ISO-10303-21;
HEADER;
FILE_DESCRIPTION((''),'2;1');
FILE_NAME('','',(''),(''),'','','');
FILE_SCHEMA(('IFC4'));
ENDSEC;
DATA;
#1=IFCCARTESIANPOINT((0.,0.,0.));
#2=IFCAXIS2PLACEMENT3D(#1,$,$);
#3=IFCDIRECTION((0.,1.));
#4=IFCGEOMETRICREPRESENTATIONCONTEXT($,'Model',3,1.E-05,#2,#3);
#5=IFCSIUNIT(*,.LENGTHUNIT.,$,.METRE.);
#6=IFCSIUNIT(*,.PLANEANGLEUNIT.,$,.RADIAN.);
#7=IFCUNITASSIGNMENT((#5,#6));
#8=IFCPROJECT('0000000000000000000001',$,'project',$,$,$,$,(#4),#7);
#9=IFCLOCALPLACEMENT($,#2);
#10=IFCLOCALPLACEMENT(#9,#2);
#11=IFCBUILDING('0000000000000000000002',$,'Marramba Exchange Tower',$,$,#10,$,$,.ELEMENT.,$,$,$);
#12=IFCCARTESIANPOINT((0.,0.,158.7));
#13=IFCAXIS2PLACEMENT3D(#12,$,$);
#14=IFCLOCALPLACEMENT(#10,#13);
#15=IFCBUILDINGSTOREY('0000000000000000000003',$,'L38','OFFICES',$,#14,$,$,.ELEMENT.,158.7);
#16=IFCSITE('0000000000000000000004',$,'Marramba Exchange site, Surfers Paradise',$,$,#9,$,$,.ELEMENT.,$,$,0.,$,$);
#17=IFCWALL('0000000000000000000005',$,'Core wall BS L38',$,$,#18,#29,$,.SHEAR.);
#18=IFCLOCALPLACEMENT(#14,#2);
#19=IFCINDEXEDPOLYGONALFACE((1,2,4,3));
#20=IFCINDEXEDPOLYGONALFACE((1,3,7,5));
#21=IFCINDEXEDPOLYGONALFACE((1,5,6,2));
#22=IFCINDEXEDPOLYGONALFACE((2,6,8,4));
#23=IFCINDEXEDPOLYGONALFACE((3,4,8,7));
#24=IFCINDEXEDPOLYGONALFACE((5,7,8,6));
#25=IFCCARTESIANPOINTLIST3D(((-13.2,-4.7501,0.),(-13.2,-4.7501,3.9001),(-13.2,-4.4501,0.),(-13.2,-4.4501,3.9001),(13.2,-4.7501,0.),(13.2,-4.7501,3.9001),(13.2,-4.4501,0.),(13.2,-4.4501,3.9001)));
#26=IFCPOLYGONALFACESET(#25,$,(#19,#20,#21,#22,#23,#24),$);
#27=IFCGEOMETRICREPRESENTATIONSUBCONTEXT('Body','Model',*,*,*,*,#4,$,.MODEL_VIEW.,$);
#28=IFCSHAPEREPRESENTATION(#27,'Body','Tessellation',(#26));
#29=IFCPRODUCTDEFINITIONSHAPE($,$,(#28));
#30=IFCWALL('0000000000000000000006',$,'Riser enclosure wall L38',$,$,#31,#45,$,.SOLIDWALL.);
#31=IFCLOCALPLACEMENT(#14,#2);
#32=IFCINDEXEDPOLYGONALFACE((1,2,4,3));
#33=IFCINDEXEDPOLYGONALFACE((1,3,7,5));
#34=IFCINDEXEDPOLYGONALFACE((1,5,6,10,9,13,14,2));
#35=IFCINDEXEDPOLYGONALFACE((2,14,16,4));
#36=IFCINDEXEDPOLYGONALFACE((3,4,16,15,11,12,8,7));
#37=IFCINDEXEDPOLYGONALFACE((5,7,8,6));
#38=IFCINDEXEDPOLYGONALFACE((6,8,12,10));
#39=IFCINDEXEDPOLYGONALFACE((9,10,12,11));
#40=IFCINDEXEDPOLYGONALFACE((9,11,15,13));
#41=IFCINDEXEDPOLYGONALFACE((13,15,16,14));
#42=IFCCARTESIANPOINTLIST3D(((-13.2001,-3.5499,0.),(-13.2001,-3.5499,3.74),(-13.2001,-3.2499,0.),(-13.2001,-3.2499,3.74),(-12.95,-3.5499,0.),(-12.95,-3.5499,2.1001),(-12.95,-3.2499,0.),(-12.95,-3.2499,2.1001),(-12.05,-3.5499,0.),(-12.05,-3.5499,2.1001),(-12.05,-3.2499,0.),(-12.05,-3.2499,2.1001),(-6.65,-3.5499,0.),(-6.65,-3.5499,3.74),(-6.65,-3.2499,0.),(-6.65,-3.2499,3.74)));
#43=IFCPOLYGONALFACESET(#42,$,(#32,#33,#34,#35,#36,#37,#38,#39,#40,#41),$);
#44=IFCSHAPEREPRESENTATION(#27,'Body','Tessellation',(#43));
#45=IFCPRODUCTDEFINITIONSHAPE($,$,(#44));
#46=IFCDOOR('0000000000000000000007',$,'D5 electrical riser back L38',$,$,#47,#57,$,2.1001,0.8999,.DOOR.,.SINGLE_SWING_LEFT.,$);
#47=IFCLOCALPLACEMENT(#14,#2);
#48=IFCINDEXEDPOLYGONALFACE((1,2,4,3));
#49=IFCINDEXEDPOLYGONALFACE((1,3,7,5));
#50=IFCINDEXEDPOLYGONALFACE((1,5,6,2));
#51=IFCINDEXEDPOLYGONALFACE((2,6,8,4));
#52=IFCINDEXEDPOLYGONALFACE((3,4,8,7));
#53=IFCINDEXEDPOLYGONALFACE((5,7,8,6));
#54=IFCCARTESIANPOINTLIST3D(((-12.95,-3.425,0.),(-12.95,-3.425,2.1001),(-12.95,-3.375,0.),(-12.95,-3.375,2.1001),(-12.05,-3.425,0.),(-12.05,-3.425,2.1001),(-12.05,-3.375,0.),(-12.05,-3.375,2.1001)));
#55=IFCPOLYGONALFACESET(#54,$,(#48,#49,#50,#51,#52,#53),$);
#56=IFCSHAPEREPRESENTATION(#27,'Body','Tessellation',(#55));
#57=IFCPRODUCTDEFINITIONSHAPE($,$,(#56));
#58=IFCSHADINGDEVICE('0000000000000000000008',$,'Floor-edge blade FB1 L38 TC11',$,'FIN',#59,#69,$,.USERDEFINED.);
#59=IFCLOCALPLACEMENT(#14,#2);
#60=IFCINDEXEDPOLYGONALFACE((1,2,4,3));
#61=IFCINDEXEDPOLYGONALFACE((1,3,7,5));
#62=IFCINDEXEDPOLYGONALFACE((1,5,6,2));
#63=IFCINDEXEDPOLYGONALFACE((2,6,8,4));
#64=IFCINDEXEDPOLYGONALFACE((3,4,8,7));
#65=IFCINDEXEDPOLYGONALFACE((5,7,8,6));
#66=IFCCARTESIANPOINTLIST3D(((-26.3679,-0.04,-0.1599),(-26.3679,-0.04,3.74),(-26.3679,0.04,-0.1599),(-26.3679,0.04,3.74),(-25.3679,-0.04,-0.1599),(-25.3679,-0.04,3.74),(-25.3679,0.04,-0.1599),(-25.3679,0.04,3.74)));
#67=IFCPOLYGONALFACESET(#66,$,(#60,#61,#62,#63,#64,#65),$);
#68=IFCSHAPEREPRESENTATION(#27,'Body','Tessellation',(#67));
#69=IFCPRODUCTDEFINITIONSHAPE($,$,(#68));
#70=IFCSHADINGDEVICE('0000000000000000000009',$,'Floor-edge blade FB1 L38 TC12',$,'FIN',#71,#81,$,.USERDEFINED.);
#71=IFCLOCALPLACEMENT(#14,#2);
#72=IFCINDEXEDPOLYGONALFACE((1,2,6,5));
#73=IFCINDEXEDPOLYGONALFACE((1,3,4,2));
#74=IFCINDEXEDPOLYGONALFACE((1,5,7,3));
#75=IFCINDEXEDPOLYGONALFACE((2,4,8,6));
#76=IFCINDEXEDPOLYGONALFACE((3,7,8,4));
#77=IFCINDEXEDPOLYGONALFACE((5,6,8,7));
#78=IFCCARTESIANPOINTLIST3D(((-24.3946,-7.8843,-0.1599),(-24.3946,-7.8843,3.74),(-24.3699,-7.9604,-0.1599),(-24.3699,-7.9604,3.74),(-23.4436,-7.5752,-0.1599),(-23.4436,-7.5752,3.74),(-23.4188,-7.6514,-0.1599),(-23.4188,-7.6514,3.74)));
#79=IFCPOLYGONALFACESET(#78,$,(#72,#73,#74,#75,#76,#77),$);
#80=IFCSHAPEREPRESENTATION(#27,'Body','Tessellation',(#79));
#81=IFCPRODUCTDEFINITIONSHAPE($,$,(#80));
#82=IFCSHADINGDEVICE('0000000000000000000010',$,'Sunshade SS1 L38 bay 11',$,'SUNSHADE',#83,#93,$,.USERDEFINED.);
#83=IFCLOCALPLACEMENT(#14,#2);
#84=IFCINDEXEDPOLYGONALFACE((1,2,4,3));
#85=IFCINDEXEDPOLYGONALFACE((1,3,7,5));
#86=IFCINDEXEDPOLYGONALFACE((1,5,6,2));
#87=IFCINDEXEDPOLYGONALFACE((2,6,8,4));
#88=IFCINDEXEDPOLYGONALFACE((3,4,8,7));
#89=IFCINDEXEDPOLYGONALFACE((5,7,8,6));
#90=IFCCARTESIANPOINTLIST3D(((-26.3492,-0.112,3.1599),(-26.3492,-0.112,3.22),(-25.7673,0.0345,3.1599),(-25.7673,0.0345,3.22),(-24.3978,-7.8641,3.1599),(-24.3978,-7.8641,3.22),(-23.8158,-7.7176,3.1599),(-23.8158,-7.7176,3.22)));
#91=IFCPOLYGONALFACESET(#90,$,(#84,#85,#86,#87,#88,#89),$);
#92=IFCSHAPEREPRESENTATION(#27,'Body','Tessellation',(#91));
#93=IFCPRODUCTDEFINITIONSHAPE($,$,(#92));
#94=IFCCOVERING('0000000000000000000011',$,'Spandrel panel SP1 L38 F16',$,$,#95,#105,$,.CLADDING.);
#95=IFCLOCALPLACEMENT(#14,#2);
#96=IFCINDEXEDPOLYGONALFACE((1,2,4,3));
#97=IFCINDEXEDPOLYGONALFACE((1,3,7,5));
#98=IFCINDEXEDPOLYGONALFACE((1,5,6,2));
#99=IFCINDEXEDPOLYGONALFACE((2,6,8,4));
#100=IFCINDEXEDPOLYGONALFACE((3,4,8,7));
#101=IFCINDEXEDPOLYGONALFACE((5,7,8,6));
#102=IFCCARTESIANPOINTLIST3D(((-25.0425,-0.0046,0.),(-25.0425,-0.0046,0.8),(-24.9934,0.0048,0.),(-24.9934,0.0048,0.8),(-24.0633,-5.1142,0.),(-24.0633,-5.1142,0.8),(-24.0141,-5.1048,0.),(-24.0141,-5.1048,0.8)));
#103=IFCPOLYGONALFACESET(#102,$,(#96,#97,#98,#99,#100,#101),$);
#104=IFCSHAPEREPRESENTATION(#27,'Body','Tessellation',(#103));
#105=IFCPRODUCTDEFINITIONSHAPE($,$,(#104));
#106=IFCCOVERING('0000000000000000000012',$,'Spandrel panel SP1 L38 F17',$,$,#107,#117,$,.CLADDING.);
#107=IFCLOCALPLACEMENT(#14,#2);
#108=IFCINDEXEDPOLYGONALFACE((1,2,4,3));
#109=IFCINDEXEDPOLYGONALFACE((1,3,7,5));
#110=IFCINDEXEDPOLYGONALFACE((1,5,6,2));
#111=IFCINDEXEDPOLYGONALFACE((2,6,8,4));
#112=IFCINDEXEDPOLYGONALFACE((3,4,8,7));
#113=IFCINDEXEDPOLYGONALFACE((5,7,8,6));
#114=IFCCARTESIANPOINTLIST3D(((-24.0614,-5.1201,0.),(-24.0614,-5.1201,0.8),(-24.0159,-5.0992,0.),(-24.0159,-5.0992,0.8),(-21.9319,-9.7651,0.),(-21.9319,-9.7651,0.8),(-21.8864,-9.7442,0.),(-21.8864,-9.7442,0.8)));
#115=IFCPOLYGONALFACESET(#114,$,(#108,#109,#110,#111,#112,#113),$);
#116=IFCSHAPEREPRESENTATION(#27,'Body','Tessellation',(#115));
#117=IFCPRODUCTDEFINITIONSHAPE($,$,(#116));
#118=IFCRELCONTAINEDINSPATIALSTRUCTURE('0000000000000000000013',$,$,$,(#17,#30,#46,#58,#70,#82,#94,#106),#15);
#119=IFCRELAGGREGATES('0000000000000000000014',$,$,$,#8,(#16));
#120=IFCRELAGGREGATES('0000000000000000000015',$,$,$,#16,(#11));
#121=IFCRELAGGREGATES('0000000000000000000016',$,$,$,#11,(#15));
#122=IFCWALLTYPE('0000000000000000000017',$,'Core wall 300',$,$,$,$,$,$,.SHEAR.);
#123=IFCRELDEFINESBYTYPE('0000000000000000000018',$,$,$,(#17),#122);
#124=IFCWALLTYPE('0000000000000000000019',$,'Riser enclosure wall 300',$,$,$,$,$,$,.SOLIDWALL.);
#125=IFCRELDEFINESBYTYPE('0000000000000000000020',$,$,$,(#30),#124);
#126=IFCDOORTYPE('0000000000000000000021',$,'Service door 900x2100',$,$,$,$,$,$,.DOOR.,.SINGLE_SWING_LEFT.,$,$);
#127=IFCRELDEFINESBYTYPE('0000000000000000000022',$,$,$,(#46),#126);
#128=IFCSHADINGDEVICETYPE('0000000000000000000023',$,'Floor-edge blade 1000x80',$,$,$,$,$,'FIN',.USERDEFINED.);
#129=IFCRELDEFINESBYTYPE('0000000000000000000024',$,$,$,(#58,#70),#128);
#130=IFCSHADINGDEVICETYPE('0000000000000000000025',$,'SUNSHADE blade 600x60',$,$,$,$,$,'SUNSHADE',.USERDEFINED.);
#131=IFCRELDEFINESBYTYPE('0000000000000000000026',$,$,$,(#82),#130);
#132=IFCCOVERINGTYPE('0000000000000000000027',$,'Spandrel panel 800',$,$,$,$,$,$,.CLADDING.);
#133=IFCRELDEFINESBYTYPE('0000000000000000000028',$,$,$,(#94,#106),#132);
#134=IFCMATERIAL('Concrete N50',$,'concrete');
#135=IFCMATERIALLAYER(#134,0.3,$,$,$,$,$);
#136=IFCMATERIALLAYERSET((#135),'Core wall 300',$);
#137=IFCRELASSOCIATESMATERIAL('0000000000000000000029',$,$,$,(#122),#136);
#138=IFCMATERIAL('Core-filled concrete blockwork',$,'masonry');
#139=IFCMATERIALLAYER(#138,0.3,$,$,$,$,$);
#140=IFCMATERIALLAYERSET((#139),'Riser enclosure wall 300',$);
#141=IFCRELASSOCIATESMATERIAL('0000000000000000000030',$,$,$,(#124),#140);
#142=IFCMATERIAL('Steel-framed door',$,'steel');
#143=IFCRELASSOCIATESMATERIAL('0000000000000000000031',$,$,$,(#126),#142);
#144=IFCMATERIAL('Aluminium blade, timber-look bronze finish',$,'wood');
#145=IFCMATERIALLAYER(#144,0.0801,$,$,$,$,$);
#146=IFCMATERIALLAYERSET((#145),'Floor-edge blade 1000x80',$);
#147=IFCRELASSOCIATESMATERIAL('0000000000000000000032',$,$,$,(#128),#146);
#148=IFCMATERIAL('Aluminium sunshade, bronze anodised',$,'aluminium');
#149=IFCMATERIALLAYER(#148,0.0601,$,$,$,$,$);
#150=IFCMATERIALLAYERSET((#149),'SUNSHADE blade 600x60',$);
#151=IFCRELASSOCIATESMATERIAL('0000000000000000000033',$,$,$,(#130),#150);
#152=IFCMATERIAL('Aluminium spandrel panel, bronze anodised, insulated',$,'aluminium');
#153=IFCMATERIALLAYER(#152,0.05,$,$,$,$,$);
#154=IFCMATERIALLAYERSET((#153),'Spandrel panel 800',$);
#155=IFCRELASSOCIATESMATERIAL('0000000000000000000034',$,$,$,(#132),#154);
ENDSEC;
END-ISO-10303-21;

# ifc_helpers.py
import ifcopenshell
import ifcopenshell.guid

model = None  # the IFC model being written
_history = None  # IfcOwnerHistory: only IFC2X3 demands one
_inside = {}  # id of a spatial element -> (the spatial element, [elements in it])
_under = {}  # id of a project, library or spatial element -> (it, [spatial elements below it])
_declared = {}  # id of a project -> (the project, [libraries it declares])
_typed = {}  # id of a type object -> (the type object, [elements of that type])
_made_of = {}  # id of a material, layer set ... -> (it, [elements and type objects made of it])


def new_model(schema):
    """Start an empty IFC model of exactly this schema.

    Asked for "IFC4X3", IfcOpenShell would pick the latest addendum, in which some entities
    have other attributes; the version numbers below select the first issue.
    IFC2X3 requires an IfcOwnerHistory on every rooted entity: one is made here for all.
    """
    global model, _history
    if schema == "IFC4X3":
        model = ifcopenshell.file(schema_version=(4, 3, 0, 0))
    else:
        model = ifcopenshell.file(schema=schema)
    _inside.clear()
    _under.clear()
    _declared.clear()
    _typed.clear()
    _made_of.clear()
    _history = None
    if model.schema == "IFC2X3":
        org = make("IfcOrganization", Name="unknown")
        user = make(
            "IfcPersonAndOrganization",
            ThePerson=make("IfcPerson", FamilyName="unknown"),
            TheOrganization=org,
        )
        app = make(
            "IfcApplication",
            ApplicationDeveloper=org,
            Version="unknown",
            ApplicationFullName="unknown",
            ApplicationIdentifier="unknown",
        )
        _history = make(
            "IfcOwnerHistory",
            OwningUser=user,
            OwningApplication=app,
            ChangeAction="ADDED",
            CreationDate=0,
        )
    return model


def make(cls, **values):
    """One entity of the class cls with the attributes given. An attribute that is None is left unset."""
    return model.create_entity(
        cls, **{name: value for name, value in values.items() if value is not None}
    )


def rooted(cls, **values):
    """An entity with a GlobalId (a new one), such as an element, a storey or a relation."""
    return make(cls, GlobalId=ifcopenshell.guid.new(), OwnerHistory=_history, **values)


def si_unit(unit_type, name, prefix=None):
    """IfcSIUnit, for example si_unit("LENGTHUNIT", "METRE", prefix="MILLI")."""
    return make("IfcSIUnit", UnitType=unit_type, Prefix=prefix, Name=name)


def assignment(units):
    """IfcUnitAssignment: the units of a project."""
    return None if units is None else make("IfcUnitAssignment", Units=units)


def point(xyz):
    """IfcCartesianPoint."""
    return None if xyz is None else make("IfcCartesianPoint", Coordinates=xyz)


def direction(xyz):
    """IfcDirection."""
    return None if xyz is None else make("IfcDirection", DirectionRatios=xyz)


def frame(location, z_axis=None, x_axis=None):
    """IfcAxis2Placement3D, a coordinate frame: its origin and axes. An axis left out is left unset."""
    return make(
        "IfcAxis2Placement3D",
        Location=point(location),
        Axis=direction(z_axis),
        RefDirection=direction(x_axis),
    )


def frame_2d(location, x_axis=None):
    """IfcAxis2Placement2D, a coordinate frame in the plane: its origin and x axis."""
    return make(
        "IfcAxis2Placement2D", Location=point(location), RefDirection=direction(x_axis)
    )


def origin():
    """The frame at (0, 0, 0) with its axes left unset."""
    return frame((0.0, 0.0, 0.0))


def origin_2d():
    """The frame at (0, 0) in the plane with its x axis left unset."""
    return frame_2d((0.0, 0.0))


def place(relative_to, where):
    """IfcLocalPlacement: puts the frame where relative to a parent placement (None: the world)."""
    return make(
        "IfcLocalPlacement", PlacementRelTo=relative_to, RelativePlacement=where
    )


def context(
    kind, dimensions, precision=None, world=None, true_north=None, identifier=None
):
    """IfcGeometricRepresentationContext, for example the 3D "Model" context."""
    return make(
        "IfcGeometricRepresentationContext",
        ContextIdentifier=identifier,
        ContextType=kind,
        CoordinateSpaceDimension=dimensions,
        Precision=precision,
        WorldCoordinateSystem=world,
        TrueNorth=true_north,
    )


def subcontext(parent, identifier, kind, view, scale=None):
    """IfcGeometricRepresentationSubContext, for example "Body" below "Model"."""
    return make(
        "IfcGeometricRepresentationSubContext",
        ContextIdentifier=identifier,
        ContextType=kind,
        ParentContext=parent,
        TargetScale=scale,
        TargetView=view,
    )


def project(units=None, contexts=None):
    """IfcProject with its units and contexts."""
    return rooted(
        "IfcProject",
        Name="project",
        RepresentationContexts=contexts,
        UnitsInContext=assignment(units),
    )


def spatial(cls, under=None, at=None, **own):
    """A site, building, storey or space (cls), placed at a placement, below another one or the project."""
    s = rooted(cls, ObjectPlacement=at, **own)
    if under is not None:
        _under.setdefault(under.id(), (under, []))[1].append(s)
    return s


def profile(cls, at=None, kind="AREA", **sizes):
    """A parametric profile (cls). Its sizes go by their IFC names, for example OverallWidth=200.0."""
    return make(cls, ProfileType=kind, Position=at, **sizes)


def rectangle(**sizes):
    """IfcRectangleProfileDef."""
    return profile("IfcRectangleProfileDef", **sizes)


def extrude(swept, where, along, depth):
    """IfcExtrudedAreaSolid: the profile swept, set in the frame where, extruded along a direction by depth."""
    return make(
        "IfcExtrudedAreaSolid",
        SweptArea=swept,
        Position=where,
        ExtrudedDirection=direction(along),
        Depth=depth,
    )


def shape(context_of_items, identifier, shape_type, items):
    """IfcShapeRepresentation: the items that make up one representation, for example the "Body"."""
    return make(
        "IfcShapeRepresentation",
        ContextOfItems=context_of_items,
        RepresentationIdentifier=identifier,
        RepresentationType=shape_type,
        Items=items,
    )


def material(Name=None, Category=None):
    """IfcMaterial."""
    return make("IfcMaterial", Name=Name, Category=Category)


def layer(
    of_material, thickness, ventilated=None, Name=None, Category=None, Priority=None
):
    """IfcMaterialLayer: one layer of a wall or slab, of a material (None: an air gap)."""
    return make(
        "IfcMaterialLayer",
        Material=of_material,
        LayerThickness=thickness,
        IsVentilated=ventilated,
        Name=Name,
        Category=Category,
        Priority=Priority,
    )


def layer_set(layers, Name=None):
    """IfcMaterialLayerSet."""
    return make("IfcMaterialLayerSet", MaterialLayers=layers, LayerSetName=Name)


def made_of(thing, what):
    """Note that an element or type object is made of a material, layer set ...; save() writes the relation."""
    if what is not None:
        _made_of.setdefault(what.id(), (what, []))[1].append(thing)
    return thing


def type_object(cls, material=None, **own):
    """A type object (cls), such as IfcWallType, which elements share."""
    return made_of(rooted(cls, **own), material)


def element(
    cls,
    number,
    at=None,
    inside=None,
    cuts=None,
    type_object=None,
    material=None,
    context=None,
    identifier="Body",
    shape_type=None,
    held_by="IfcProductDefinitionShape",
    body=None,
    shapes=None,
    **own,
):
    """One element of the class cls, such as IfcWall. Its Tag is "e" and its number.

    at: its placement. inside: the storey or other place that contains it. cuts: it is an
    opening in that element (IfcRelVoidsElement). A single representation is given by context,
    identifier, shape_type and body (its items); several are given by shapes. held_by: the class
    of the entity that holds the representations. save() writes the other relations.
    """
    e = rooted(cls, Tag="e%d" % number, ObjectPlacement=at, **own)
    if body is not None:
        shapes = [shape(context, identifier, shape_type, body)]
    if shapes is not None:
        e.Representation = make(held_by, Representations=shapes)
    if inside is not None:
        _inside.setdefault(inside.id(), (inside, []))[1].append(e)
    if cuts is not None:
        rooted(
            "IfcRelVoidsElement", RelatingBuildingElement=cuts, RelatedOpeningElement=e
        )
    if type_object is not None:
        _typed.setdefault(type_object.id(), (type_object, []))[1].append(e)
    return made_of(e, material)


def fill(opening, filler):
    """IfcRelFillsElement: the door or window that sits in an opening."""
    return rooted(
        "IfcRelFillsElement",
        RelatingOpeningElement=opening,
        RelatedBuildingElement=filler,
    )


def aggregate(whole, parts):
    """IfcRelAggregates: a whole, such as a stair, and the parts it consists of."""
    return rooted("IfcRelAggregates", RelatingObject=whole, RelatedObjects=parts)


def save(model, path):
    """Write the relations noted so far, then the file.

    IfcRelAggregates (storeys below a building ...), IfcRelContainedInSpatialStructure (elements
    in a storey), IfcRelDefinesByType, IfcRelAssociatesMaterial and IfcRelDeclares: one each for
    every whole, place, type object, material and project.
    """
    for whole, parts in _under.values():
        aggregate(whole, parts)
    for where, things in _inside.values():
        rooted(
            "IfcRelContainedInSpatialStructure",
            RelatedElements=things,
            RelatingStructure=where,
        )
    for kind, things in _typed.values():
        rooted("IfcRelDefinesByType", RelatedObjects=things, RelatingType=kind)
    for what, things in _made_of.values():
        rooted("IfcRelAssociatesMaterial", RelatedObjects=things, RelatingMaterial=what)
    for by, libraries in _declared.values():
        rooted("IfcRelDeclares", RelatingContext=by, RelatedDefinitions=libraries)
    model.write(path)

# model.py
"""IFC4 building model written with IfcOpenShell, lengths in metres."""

from ifc_helpers import new_model, si_unit, direction, frame, frame_2d, origin, origin_2d, place, context, subcontext, project, spatial, rectangle, extrude, material, layer, layer_set, type_object, element, fill, save


model = new_model("IFC4")

# Units and contexts
model_context = context("Model", 3, precision=1e-05, world=origin(), true_north=direction((0.0, 1.0)))
body_context = subcontext(model_context, "Body", "Model", "MODEL_VIEW")
ifc_project = project(units=[si_unit("LENGTHUNIT", "METRE"), si_unit("PLANEANGLEUNIT", "RADIAN")], contexts=[model_context])

# Site, building, storey
site_placement = place(None, origin())
site = spatial("IfcSite", under=ifc_project, at=site_placement, Name="Marramba Exchange site, Surfers Paradise", CompositionType="ELEMENT", RefElevation=0.0)
building_placement = place(site_placement, origin())
building = spatial("IfcBuilding", under=site, at=building_placement, Name="Marramba Exchange Tower", CompositionType="ELEMENT")
storey_placement = place(building_placement, frame((0.0, 0.0, 158.7)))
storey = spatial("IfcBuildingStorey", under=building, at=storey_placement, Name="L38", Description="OFFICES", CompositionType="ELEMENT", Elevation=158.7)

# Shared definitions
ifc_material_1 = material(Name="Concrete N50", Category="concrete")

# Wall
ifc_layer_1 = layer(ifc_material_1, 0.3)
ifc_layer_set_1 = layer_set([ifc_layer_1], Name="Core wall 300")
wall_type_1 = type_object("IfcWallType", Name="Core wall 300", PredefinedType="SHEAR", material=ifc_layer_set_1)
wall_1_placement = place(storey_placement, frame((-13.2, -4.6001, 0.0), z_axis=(0.0, 0.0, 1.0), x_axis=(1.0, 0.0, 0.0)))
element("IfcWall", 1, at=wall_1_placement, inside=storey, type_object=wall_type_1, Name="Core wall BS L38", PredefinedType="SHEAR", context=body_context, shape_type="SweptSolid", body=[
    extrude(rectangle(XDim=26.3999, YDim=0.3, at=frame_2d((13.2, 0.0))), origin(), (0.0, 0.0, 1.0), 3.9001),
])

# Wall, opening, door
ifc_material_2 = material(Name="Core-filled concrete blockwork", Category="masonry")
ifc_layer_2 = layer(ifc_material_2, 0.3)
ifc_layer_set_2 = layer_set([ifc_layer_2], Name="Riser enclosure wall 300")
wall_type_2 = type_object("IfcWallType", Name="Riser enclosure wall 300", PredefinedType="SOLIDWALL", material=ifc_layer_set_2)
wall_2_placement = place(storey_placement, frame((-13.2, -3.3999, 0.0), z_axis=(0.0, 0.0, 1.0), x_axis=(1.0, 0.0, 0.0)))
wall_2 = element("IfcWall", 2, at=wall_2_placement, inside=storey, type_object=wall_type_2, Name="Riser enclosure wall L38", PredefinedType="SOLIDWALL", context=body_context, shape_type="SweptSolid", body=[
    extrude(rectangle(XDim=6.55, YDim=0.3, at=frame_2d((3.2749, 0.0))), origin(), (0.0, 0.0, 1.0), 3.74),
])
opening_placement = place(wall_2_placement, frame((0.25, 0.0, 0.0)))
opening = element("IfcOpeningElement", 3, at=opening_placement, cuts=wall_2, PredefinedType="OPENING", context=body_context, shape_type="SweptSolid", body=[
    extrude(rectangle(XDim=0.8999, YDim=2.1001, at=frame_2d((0.45, 1.05))), frame((0.0, 0.1599, 0.0), z_axis=(0.0, -1.0, 0.0), x_axis=(1.0, 0.0, 0.0)), (0.0, 0.0, 1.0), 0.3201),
])
ifc_material_3 = material(Name="Steel-framed door", Category="steel")
door_type = type_object("IfcDoorType", Name="Service door 900x2100", OperationType="SINGLE_SWING_LEFT", PredefinedType="DOOR", material=ifc_material_3)
door_placement = place(opening_placement, origin())
door = element("IfcDoor", 4, at=door_placement, inside=storey, type_object=door_type, Name="D5 electrical riser back L38", OperationType="SINGLE_SWING_LEFT", OverallHeight=2.1001, OverallWidth=0.8999, PredefinedType="DOOR", context=body_context, shape_type="SweptSolid", body=[
    extrude(rectangle(XDim=0.8999, YDim=2.1001, at=frame_2d((0.45, 1.05))), frame((0.0, 0.0249, 0.0), z_axis=(0.0, -1.0, 0.0), x_axis=(1.0, 0.0, 0.0)), (0.0, 0.0, 1.0), 0.05),
])
fill(opening, door)

# Shading devices
ifc_material_4 = material(Name="Aluminium blade, timber-look bronze finish", Category="wood")
ifc_layer_3 = layer(ifc_material_4, 0.0801)
ifc_layer_set_3 = layer_set([ifc_layer_3], Name="Floor-edge blade 1000x80")
shading_device_type_1 = type_object("IfcShadingDeviceType", Name="Floor-edge blade 1000x80", ElementType="FIN", PredefinedType="USERDEFINED", material=ifc_layer_set_3)
for number, where, z_axis, x_axis, name in (
    (5, (-25.8679, 0.0, -0.1599), (0.0, 0.0, 1.0), (-1.0, 0.0, 0.0), "Floor-edge blade FB1 L38 TC11"),
    (6, (-23.9067, -7.7678, -0.1599), (0.0, 0.0, 1.0), (-0.951057, -0.309017, 0.0), "Floor-edge blade FB1 L38 TC12"),
):
    element("IfcShadingDevice", number, at=place(storey_placement, frame(where, z_axis=z_axis, x_axis=x_axis)), inside=storey, type_object=shading_device_type_1, Name=name, ObjectType="FIN", PredefinedType="USERDEFINED", context=body_context, shape_type="SweptSolid", body=[
        extrude(rectangle(XDim=1.0, YDim=0.0801, at=origin_2d()), origin(), (0.0, 0.0, 1.0), 3.8999),
    ])
ifc_material_5 = material(Name="Aluminium sunshade, bronze anodised", Category="aluminium")
ifc_layer_4 = layer(ifc_material_5, 0.0601)
ifc_layer_set_4 = layer_set([ifc_layer_4], Name="SUNSHADE blade 600x60")
shading_device_type_2 = type_object("IfcShadingDeviceType", Name="SUNSHADE blade 600x60", ElementType="SUNSHADE", PredefinedType="USERDEFINED", material=ifc_layer_set_4)
shading_device_placement = place(storey_placement, frame((-25.0825, -3.9148, 3.1599), z_axis=(0.0, 0.0, 1.0), x_axis=(0.244117, -0.969746, 0.0)))
element("IfcShadingDevice", 7, at=shading_device_placement, inside=storey, type_object=shading_device_type_2, Name="Sunshade SS1 L38 bay 11", ObjectType="SUNSHADE", PredefinedType="USERDEFINED", context=body_context, shape_type="SweptSolid", body=[
    extrude(rectangle(XDim=7.9939, YDim=0.6001, at=origin_2d()), origin(), (0.0, 0.0, 1.0), 0.0601),
])

# Coverings
ifc_material_6 = material(Name="Aluminium spandrel panel, bronze anodised, insulated", Category="aluminium")
ifc_layer_5 = layer(ifc_material_6, 0.05)
ifc_layer_set_5 = layer_set([ifc_layer_5], Name="Spandrel panel 800")
covering_type = type_object("IfcCoveringType", Name="Spandrel panel 800", PredefinedType="CLADDING", material=ifc_layer_set_5)
covering_1_placement = place(storey_placement, frame((-24.5283, -2.5547, 0.0), z_axis=(0.0, 0.0, 1.0), x_axis=(0.188227, -0.982126, 0.0)))
element("IfcCovering", 8, at=covering_1_placement, inside=storey, type_object=covering_type, Name="Spandrel panel SP1 L38 F16", PredefinedType="CLADDING", context=body_context, shape_type="SweptSolid", body=[
    extrude(rectangle(XDim=5.2026, YDim=0.05, at=origin_2d()), origin(), (0.0, 0.0, 1.0), 0.8),
])
covering_2_placement = place(storey_placement, frame((-22.9739, -7.4321, 0.0), z_axis=(0.0, 0.0, 1.0), x_axis=(0.416738, -0.909027, 0.0)))
element("IfcCovering", 9, at=covering_2_placement, inside=storey, type_object=covering_type, Name="Spandrel panel SP1 L38 F17", PredefinedType="CLADDING", context=body_context, shape_type="SweptSolid", body=[
    extrude(rectangle(XDim=5.1099, YDim=0.05, at=origin_2d()), origin(), (0.0, 0.0, 1.0), 0.8),
])

save(model, "model.ifc")
